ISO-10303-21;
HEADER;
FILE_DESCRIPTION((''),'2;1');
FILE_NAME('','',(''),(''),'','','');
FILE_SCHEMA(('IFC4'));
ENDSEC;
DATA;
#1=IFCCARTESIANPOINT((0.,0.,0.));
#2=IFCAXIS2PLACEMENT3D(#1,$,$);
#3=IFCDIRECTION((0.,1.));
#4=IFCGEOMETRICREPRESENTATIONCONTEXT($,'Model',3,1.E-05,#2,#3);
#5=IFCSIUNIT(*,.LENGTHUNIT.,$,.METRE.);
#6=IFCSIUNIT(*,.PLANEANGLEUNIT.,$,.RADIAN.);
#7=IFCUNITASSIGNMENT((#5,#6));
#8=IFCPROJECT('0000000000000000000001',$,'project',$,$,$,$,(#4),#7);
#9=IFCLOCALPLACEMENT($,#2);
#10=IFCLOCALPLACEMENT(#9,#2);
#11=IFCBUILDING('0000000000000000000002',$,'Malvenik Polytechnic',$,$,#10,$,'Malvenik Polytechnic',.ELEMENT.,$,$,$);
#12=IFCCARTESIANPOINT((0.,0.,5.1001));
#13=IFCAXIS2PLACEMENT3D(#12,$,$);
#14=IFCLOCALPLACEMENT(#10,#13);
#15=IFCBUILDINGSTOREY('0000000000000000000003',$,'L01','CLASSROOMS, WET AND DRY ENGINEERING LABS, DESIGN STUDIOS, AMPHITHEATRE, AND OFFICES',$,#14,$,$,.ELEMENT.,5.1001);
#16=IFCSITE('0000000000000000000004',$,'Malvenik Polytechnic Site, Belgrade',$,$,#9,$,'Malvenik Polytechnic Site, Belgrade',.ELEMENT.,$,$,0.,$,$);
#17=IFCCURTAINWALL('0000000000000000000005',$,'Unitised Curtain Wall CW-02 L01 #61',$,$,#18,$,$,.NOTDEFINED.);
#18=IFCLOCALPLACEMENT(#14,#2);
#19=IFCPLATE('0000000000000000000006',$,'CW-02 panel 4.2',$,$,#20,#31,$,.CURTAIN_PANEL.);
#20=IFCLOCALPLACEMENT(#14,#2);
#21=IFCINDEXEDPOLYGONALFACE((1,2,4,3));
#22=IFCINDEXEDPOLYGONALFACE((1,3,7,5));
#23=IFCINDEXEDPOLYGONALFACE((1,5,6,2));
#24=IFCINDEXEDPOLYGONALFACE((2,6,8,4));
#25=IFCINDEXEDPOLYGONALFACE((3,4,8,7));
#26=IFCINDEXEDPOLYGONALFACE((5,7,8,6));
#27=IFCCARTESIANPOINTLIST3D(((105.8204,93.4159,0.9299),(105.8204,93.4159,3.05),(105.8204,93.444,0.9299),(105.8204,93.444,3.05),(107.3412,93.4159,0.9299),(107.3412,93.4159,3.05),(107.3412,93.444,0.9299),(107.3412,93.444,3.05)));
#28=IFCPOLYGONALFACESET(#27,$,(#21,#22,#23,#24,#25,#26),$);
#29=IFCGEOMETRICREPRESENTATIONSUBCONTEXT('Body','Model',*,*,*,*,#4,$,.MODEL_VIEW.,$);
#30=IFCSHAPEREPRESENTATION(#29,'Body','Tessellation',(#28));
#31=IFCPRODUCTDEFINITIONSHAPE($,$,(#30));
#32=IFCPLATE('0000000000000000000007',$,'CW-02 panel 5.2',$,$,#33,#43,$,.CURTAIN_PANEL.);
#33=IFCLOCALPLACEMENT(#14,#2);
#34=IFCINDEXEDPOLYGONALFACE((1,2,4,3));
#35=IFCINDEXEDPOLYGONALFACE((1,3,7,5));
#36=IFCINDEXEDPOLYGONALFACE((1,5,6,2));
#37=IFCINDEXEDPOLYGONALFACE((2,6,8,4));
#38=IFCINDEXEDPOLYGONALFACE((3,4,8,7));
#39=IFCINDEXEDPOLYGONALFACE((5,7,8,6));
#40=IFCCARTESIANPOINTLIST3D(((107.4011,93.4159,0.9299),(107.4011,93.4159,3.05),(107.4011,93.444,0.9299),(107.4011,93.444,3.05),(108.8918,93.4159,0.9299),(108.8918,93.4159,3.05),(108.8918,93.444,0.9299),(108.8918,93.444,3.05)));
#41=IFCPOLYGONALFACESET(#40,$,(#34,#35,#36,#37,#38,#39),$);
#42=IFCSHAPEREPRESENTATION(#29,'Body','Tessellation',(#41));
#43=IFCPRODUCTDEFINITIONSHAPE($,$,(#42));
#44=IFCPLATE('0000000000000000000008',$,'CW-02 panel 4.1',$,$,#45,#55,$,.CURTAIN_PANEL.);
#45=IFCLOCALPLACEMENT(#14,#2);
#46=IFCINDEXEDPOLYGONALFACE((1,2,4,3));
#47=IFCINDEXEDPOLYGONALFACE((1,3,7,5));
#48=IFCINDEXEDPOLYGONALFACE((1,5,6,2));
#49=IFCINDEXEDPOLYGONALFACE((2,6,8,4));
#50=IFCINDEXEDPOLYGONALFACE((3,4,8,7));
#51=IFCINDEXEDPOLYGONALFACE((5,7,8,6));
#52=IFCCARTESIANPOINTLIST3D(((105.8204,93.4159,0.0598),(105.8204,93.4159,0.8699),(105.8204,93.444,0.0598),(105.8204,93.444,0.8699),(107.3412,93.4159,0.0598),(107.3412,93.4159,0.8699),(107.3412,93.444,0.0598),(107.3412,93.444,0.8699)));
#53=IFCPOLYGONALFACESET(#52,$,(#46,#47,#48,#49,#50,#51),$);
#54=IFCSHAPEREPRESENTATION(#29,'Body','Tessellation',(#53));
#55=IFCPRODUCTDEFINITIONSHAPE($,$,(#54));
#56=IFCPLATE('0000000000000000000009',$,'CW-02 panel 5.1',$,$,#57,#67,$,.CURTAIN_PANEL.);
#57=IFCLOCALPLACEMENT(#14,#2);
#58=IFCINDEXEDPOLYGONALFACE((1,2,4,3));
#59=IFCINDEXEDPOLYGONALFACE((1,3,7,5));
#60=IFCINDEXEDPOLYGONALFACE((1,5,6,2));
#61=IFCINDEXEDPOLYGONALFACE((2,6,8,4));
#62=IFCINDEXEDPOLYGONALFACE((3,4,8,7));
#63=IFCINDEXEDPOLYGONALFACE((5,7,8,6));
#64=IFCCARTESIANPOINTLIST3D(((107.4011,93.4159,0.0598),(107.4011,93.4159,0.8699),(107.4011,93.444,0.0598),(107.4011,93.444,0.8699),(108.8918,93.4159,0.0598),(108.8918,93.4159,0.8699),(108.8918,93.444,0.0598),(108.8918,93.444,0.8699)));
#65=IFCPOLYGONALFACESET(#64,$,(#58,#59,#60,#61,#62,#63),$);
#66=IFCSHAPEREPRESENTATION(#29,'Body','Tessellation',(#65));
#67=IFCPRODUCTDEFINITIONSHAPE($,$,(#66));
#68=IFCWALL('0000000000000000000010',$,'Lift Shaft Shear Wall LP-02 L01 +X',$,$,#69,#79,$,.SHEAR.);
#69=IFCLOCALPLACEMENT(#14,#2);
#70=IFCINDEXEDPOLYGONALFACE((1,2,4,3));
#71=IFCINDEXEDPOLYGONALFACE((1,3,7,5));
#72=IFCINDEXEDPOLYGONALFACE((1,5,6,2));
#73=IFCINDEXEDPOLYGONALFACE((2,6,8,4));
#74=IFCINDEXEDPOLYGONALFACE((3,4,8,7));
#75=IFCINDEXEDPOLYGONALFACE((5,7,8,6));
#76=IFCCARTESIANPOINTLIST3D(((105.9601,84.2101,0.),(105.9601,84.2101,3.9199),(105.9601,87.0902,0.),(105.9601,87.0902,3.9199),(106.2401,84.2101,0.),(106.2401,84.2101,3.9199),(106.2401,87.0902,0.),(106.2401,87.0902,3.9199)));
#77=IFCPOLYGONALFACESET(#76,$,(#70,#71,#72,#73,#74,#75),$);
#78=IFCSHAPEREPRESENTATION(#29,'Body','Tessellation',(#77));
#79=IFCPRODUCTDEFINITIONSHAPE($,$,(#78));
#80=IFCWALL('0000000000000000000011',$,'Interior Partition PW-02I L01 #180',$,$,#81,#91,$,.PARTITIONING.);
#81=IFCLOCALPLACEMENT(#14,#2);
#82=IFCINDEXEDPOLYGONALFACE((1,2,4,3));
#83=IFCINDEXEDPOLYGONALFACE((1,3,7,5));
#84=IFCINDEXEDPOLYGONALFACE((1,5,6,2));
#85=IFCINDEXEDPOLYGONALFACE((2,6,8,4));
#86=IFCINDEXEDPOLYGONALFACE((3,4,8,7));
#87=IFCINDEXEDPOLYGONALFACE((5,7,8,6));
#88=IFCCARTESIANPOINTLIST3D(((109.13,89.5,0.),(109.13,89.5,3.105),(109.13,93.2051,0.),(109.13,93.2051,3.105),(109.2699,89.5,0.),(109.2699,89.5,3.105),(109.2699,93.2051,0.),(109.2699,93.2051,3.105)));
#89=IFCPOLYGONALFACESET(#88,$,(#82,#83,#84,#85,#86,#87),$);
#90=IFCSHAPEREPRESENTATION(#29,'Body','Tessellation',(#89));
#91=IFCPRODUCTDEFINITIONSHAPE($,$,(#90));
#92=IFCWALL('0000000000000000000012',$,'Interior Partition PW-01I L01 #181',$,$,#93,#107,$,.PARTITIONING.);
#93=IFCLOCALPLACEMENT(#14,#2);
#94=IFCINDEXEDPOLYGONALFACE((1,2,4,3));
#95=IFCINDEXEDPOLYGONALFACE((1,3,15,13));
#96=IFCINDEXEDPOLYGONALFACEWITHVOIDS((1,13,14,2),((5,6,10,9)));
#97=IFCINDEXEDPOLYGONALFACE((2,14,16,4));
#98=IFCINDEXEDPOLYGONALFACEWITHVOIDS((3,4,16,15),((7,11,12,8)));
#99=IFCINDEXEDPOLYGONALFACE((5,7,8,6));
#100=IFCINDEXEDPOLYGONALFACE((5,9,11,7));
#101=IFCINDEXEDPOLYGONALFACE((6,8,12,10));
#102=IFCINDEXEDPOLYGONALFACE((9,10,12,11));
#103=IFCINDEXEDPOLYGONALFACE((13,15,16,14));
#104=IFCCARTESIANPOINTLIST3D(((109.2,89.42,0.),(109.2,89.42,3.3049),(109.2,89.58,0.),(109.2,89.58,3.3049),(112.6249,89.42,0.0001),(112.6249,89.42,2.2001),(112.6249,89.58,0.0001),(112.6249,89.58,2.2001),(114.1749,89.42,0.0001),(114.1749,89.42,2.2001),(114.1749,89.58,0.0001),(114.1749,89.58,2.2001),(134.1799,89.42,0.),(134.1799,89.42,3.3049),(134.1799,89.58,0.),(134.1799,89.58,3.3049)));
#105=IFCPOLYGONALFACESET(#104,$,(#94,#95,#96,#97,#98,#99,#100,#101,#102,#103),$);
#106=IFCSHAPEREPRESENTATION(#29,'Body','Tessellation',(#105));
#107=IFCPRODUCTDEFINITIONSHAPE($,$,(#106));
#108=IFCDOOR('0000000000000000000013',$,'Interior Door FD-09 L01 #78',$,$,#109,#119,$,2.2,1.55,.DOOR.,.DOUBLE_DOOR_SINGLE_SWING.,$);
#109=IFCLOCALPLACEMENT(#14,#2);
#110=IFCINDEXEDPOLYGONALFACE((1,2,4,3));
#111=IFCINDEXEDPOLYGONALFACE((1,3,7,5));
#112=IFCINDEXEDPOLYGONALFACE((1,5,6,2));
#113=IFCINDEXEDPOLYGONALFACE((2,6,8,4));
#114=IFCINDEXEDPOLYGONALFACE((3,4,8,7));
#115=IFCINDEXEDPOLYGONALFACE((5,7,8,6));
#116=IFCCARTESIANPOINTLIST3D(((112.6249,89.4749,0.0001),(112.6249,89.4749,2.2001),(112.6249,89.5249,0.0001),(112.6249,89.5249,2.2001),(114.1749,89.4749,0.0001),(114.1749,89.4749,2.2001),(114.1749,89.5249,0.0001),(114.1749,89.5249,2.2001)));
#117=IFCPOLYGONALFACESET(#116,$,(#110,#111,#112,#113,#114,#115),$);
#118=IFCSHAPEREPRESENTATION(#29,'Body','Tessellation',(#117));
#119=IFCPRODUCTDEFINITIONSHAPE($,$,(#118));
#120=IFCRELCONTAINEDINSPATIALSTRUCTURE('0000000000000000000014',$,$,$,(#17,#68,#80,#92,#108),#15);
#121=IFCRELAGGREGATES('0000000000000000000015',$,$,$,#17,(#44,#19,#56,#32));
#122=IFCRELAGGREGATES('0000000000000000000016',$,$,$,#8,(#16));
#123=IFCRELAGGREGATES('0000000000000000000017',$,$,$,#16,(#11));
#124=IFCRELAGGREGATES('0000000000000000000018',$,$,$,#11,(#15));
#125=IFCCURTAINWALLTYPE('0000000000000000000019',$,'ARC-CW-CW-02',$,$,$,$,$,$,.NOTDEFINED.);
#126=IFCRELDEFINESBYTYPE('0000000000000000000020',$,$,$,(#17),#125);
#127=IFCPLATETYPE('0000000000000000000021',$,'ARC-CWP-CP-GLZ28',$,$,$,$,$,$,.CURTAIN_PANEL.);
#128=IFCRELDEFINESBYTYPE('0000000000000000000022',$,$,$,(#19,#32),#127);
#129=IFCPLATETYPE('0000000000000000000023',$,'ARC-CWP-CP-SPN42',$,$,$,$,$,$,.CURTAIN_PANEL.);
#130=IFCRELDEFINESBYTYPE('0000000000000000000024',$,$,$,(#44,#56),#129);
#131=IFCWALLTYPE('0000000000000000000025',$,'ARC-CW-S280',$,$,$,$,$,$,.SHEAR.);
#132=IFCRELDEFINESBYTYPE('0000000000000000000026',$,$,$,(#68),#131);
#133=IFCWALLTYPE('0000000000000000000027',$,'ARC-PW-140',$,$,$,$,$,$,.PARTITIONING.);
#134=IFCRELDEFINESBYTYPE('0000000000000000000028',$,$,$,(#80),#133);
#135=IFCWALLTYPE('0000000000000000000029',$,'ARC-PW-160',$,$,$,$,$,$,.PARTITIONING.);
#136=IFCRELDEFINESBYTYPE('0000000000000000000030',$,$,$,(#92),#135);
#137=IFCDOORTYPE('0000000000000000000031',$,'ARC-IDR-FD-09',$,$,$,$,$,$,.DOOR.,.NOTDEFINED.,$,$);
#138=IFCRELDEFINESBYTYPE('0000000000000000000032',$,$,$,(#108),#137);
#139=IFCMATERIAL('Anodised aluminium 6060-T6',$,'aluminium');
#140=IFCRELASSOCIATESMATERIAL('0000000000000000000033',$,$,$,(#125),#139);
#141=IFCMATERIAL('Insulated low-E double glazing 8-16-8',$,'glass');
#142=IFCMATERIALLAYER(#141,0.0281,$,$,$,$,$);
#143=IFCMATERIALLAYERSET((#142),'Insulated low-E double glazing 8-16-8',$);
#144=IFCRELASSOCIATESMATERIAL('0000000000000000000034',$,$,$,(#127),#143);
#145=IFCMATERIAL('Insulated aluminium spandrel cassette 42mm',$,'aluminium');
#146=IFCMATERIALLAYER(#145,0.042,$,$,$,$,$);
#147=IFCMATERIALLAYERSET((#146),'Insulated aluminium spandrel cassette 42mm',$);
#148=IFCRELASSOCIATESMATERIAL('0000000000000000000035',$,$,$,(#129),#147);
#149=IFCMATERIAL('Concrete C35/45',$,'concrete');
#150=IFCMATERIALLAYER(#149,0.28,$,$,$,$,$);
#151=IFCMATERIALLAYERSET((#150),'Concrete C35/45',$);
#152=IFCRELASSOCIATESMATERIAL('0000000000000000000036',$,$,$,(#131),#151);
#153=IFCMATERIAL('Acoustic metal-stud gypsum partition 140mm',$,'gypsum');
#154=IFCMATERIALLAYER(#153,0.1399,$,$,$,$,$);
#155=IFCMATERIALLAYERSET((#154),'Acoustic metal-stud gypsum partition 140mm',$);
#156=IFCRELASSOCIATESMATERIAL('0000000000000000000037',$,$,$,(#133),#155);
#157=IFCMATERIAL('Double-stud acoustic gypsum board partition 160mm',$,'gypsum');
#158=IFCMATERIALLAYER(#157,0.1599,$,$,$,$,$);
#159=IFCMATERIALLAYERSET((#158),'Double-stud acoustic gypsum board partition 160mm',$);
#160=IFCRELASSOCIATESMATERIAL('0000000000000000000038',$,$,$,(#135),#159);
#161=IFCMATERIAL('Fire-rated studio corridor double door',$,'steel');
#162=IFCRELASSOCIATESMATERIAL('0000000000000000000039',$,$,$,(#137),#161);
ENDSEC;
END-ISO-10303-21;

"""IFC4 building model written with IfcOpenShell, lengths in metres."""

from ifc_helpers import new_model, si_unit, direction, frame, frame_2d, origin, origin_2d, place, context, subcontext, project, spatial, rectangle, extrude, material, layer, layer_set, type_object, element, fill, aggregate, save


model = new_model("IFC4")

# Units and contexts
model_context = context("Model", 3, precision=1e-05, world=origin(), true_north=direction((0.0, 1.0)))
body_context = subcontext(model_context, "Body", "Model", "MODEL_VIEW")
ifc_project = project(units=[si_unit("LENGTHUNIT", "METRE"), si_unit("PLANEANGLEUNIT", "RADIAN")], contexts=[model_context])

# Site, building, storey
site_placement = place(None, origin())
site = spatial("IfcSite", under=ifc_project, at=site_placement, Name="Malvenik Polytechnic Site, Belgrade", LongName="Malvenik Polytechnic Site, Belgrade", CompositionType="ELEMENT", RefElevation=0.0)
building_placement = place(site_placement, origin())
building = spatial("IfcBuilding", under=site, at=building_placement, Name="Malvenik Polytechnic", LongName="Malvenik Polytechnic", CompositionType="ELEMENT")
storey_placement = place(building_placement, frame((0.0, 0.0, 5.1001)))
storey = spatial("IfcBuildingStorey", under=building, at=storey_placement, Name="L01", Description="CLASSROOMS, WET AND DRY ENGINEERING LABS, DESIGN STUDIOS, AMPHITHEATRE, AND OFFICES", CompositionType="ELEMENT", Elevation=5.1001)

# Shared definitions
ifc_material_1 = material(Name="Concrete C35/45", Category="concrete")

# Shared definitions
ifc_material_2 = material(Name="Anodised aluminium 6060-T6", Category="aluminium")
curtain_wall_type = type_object("IfcCurtainWallType", Name="ARC-CW-CW-02", PredefinedType="NOTDEFINED", material=ifc_material_2)

# Curtain wall
curtain_wall_1_placement = place(storey_placement, origin())
curtain_wall_1 = element("IfcCurtainWall", 1, at=curtain_wall_1_placement, inside=storey, type_object=curtain_wall_type, Name="Unitised Curtain Wall CW-02 L01 #61", PredefinedType="NOTDEFINED")

# Plates
ifc_material_3 = material(Name="Insulated low-E double glazing 8-16-8", Category="glass")
ifc_layer_1 = layer(ifc_material_3, 0.0281)
ifc_layer_set_1 = layer_set([ifc_layer_1], Name="Insulated low-E double glazing 8-16-8")
plate_type_1 = type_object("IfcPlateType", Name="ARC-CWP-CP-GLZ28", PredefinedType="CURTAIN_PANEL", material=ifc_layer_set_1)
plate_1_placement = place(storey_placement, frame((106.5808, 93.4299, 0.9299), z_axis=(0.0, 0.0, 1.0), x_axis=(1.0, 0.0, 0.0)))
plate_1 = element("IfcPlate", 2, at=plate_1_placement, type_object=plate_type_1, Name="CW-02 panel 4.2", PredefinedType="CURTAIN_PANEL", context=body_context, shape_type="SweptSolid", body=[
    extrude(rectangle(XDim=1.5208, YDim=0.0281, at=origin_2d()), origin(), (0.0, 0.0, 1.0), 2.1201),
])
plate_2_placement = place(storey_placement, frame((108.1465, 93.4299, 0.9299), z_axis=(0.0, 0.0, 1.0), x_axis=(1.0, 0.0, 0.0)))
plate_2 = element("IfcPlate", 3, at=plate_2_placement, type_object=plate_type_1, Name="CW-02 panel 5.2", PredefinedType="CURTAIN_PANEL", context=body_context, shape_type="SweptSolid", body=[
    extrude(rectangle(XDim=1.4907, YDim=0.0281, at=origin_2d()), origin(), (0.0, 0.0, 1.0), 2.1201),
])
ifc_material_4 = material(Name="Insulated aluminium spandrel cassette 42mm", Category="aluminium")
ifc_layer_2 = layer(ifc_material_4, 0.042)
ifc_layer_set_2 = layer_set([ifc_layer_2], Name="Insulated aluminium spandrel cassette 42mm")
plate_type_2 = type_object("IfcPlateType", Name="ARC-CWP-CP-SPN42", PredefinedType="CURTAIN_PANEL", material=ifc_layer_set_2)
plate_3_placement = place(storey_placement, frame((106.5808, 93.4299, 0.0598), z_axis=(0.0, 0.0, 1.0), x_axis=(1.0, 0.0, 0.0)))
plate_3 = element("IfcPlate", 4, at=plate_3_placement, type_object=plate_type_2, Name="CW-02 panel 4.1", PredefinedType="CURTAIN_PANEL", context=body_context, shape_type="SweptSolid", body=[
    extrude(rectangle(XDim=1.5208, YDim=0.0281, at=origin_2d()), origin(), (0.0, 0.0, 1.0), 0.8101),
])
plate_4_placement = place(storey_placement, frame((108.1465, 93.4299, 0.0598), z_axis=(0.0, 0.0, 1.0), x_axis=(1.0, 0.0, 0.0)))
plate_4 = element("IfcPlate", 5, at=plate_4_placement, type_object=plate_type_2, Name="CW-02 panel 5.1", PredefinedType="CURTAIN_PANEL", context=body_context, shape_type="SweptSolid", body=[
    extrude(rectangle(XDim=1.4907, YDim=0.0281, at=origin_2d()), origin(), (0.0, 0.0, 1.0), 0.8101),
])
aggregate(curtain_wall_1, [plate_3, plate_1, plate_4, plate_2])

# Walls
ifc_layer_3 = layer(ifc_material_1, 0.28)
ifc_layer_set_3 = layer_set([ifc_layer_3], Name="Concrete C35/45")
wall_type_1 = type_object("IfcWallType", Name="ARC-CW-S280", PredefinedType="SHEAR", material=ifc_layer_set_3)
wall_1_placement = place(storey_placement, frame((106.1001, 87.0901, 0.0), z_axis=(0.0, 0.0, 1.0), x_axis=(0.0, -1.0, 0.0)))
element("IfcWall", 6, at=wall_1_placement, inside=storey, type_object=wall_type_1, Name="Lift Shaft Shear Wall LP-02 L01 +X", PredefinedType="SHEAR", context=body_context, shape_type="SweptSolid", body=[
    extrude(rectangle(XDim=2.8801, YDim=0.28, at=frame_2d((1.4399, 0.0))), origin(), (0.0, 0.0, 1.0), 3.9199),
])
ifc_material_5 = material(Name="Acoustic metal-stud gypsum partition 140mm", Category="gypsum")
ifc_layer_4 = layer(ifc_material_5, 0.1399)
ifc_layer_set_4 = layer_set([ifc_layer_4], Name="Acoustic metal-stud gypsum partition 140mm")
wall_type_2 = type_object("IfcWallType", Name="ARC-PW-140", PredefinedType="PARTITIONING", material=ifc_layer_set_4)
wall_2_placement = place(storey_placement, frame((109.2, 89.5, 0.0), z_axis=(0.0, 0.0, 1.0), x_axis=(0.0, 1.0, 0.0)))
element("IfcWall", 7, at=wall_2_placement, inside=storey, type_object=wall_type_2, Name="Interior Partition PW-02I L01 #180", PredefinedType="PARTITIONING", context=body_context, shape_type="SweptSolid", body=[
    extrude(rectangle(XDim=3.7051, YDim=0.1399, at=frame_2d((1.8525, 0.0))), origin(), (0.0, 0.0, 1.0), 3.105),
])

# Wall, opening, door
ifc_material_6 = material(Name="Double-stud acoustic gypsum board partition 160mm", Category="gypsum")
ifc_layer_5 = layer(ifc_material_6, 0.1599)
ifc_layer_set_5 = layer_set([ifc_layer_5], Name="Double-stud acoustic gypsum board partition 160mm")
wall_type_3 = type_object("IfcWallType", Name="ARC-PW-160", PredefinedType="PARTITIONING", material=ifc_layer_set_5)
wall_3_placement = place(storey_placement, frame((109.2, 89.5, 0.0), z_axis=(0.0, 0.0, 1.0), x_axis=(1.0, 0.0, 0.0)))
wall_3 = element("IfcWall", 8, at=wall_3_placement, inside=storey, type_object=wall_type_3, Name="Interior Partition PW-01I L01 #181", PredefinedType="PARTITIONING", context=body_context, shape_type="SweptSolid", body=[
    extrude(rectangle(XDim=24.98, YDim=0.1599, at=frame_2d((12.49, 0.0))), origin(), (0.0, 0.0, 1.0), 3.3049),
])
opening_placement = place(wall_3_placement, frame((3.425, 0.0, 0.0)))
opening = element("IfcOpeningElement", 9, at=opening_placement, cuts=wall_3, PredefinedType="OPENING", context=body_context, shape_type="SweptSolid", body=[
    extrude(rectangle(XDim=1.55, YDim=2.2, at=frame_2d((0.7749, 1.1001))), frame((0.0, 0.0898, 0.0), z_axis=(0.0, -1.0, 0.0), x_axis=(1.0, 0.0, 0.0)), (0.0, 0.0, 1.0), 0.1799),
])
ifc_material_7 = material(Name="Fire-rated studio corridor double door", Category="steel")
door_type = type_object("IfcDoorType", Name="ARC-IDR-FD-09", OperationType="NOTDEFINED", PredefinedType="DOOR", material=ifc_material_7)
door_placement = place(opening_placement, origin())
door = element("IfcDoor", 10, at=door_placement, inside=storey, type_object=door_type, Name="Interior Door FD-09 L01 #78", OperationType="DOUBLE_DOOR_SINGLE_SWING", OverallHeight=2.2, OverallWidth=1.55, PredefinedType="DOOR", context=body_context, shape_type="SweptSolid", body=[
    extrude(rectangle(XDim=1.55, YDim=2.2, at=frame_2d((0.7749, 1.1001))), frame((0.0, 0.0249, 0.0), z_axis=(0.0, -1.0, 0.0), x_axis=(1.0, 0.0, 0.0)), (0.0, 0.0, 1.0), 0.05),
])
fill(opening, door)

save(model, "model.ifc")
